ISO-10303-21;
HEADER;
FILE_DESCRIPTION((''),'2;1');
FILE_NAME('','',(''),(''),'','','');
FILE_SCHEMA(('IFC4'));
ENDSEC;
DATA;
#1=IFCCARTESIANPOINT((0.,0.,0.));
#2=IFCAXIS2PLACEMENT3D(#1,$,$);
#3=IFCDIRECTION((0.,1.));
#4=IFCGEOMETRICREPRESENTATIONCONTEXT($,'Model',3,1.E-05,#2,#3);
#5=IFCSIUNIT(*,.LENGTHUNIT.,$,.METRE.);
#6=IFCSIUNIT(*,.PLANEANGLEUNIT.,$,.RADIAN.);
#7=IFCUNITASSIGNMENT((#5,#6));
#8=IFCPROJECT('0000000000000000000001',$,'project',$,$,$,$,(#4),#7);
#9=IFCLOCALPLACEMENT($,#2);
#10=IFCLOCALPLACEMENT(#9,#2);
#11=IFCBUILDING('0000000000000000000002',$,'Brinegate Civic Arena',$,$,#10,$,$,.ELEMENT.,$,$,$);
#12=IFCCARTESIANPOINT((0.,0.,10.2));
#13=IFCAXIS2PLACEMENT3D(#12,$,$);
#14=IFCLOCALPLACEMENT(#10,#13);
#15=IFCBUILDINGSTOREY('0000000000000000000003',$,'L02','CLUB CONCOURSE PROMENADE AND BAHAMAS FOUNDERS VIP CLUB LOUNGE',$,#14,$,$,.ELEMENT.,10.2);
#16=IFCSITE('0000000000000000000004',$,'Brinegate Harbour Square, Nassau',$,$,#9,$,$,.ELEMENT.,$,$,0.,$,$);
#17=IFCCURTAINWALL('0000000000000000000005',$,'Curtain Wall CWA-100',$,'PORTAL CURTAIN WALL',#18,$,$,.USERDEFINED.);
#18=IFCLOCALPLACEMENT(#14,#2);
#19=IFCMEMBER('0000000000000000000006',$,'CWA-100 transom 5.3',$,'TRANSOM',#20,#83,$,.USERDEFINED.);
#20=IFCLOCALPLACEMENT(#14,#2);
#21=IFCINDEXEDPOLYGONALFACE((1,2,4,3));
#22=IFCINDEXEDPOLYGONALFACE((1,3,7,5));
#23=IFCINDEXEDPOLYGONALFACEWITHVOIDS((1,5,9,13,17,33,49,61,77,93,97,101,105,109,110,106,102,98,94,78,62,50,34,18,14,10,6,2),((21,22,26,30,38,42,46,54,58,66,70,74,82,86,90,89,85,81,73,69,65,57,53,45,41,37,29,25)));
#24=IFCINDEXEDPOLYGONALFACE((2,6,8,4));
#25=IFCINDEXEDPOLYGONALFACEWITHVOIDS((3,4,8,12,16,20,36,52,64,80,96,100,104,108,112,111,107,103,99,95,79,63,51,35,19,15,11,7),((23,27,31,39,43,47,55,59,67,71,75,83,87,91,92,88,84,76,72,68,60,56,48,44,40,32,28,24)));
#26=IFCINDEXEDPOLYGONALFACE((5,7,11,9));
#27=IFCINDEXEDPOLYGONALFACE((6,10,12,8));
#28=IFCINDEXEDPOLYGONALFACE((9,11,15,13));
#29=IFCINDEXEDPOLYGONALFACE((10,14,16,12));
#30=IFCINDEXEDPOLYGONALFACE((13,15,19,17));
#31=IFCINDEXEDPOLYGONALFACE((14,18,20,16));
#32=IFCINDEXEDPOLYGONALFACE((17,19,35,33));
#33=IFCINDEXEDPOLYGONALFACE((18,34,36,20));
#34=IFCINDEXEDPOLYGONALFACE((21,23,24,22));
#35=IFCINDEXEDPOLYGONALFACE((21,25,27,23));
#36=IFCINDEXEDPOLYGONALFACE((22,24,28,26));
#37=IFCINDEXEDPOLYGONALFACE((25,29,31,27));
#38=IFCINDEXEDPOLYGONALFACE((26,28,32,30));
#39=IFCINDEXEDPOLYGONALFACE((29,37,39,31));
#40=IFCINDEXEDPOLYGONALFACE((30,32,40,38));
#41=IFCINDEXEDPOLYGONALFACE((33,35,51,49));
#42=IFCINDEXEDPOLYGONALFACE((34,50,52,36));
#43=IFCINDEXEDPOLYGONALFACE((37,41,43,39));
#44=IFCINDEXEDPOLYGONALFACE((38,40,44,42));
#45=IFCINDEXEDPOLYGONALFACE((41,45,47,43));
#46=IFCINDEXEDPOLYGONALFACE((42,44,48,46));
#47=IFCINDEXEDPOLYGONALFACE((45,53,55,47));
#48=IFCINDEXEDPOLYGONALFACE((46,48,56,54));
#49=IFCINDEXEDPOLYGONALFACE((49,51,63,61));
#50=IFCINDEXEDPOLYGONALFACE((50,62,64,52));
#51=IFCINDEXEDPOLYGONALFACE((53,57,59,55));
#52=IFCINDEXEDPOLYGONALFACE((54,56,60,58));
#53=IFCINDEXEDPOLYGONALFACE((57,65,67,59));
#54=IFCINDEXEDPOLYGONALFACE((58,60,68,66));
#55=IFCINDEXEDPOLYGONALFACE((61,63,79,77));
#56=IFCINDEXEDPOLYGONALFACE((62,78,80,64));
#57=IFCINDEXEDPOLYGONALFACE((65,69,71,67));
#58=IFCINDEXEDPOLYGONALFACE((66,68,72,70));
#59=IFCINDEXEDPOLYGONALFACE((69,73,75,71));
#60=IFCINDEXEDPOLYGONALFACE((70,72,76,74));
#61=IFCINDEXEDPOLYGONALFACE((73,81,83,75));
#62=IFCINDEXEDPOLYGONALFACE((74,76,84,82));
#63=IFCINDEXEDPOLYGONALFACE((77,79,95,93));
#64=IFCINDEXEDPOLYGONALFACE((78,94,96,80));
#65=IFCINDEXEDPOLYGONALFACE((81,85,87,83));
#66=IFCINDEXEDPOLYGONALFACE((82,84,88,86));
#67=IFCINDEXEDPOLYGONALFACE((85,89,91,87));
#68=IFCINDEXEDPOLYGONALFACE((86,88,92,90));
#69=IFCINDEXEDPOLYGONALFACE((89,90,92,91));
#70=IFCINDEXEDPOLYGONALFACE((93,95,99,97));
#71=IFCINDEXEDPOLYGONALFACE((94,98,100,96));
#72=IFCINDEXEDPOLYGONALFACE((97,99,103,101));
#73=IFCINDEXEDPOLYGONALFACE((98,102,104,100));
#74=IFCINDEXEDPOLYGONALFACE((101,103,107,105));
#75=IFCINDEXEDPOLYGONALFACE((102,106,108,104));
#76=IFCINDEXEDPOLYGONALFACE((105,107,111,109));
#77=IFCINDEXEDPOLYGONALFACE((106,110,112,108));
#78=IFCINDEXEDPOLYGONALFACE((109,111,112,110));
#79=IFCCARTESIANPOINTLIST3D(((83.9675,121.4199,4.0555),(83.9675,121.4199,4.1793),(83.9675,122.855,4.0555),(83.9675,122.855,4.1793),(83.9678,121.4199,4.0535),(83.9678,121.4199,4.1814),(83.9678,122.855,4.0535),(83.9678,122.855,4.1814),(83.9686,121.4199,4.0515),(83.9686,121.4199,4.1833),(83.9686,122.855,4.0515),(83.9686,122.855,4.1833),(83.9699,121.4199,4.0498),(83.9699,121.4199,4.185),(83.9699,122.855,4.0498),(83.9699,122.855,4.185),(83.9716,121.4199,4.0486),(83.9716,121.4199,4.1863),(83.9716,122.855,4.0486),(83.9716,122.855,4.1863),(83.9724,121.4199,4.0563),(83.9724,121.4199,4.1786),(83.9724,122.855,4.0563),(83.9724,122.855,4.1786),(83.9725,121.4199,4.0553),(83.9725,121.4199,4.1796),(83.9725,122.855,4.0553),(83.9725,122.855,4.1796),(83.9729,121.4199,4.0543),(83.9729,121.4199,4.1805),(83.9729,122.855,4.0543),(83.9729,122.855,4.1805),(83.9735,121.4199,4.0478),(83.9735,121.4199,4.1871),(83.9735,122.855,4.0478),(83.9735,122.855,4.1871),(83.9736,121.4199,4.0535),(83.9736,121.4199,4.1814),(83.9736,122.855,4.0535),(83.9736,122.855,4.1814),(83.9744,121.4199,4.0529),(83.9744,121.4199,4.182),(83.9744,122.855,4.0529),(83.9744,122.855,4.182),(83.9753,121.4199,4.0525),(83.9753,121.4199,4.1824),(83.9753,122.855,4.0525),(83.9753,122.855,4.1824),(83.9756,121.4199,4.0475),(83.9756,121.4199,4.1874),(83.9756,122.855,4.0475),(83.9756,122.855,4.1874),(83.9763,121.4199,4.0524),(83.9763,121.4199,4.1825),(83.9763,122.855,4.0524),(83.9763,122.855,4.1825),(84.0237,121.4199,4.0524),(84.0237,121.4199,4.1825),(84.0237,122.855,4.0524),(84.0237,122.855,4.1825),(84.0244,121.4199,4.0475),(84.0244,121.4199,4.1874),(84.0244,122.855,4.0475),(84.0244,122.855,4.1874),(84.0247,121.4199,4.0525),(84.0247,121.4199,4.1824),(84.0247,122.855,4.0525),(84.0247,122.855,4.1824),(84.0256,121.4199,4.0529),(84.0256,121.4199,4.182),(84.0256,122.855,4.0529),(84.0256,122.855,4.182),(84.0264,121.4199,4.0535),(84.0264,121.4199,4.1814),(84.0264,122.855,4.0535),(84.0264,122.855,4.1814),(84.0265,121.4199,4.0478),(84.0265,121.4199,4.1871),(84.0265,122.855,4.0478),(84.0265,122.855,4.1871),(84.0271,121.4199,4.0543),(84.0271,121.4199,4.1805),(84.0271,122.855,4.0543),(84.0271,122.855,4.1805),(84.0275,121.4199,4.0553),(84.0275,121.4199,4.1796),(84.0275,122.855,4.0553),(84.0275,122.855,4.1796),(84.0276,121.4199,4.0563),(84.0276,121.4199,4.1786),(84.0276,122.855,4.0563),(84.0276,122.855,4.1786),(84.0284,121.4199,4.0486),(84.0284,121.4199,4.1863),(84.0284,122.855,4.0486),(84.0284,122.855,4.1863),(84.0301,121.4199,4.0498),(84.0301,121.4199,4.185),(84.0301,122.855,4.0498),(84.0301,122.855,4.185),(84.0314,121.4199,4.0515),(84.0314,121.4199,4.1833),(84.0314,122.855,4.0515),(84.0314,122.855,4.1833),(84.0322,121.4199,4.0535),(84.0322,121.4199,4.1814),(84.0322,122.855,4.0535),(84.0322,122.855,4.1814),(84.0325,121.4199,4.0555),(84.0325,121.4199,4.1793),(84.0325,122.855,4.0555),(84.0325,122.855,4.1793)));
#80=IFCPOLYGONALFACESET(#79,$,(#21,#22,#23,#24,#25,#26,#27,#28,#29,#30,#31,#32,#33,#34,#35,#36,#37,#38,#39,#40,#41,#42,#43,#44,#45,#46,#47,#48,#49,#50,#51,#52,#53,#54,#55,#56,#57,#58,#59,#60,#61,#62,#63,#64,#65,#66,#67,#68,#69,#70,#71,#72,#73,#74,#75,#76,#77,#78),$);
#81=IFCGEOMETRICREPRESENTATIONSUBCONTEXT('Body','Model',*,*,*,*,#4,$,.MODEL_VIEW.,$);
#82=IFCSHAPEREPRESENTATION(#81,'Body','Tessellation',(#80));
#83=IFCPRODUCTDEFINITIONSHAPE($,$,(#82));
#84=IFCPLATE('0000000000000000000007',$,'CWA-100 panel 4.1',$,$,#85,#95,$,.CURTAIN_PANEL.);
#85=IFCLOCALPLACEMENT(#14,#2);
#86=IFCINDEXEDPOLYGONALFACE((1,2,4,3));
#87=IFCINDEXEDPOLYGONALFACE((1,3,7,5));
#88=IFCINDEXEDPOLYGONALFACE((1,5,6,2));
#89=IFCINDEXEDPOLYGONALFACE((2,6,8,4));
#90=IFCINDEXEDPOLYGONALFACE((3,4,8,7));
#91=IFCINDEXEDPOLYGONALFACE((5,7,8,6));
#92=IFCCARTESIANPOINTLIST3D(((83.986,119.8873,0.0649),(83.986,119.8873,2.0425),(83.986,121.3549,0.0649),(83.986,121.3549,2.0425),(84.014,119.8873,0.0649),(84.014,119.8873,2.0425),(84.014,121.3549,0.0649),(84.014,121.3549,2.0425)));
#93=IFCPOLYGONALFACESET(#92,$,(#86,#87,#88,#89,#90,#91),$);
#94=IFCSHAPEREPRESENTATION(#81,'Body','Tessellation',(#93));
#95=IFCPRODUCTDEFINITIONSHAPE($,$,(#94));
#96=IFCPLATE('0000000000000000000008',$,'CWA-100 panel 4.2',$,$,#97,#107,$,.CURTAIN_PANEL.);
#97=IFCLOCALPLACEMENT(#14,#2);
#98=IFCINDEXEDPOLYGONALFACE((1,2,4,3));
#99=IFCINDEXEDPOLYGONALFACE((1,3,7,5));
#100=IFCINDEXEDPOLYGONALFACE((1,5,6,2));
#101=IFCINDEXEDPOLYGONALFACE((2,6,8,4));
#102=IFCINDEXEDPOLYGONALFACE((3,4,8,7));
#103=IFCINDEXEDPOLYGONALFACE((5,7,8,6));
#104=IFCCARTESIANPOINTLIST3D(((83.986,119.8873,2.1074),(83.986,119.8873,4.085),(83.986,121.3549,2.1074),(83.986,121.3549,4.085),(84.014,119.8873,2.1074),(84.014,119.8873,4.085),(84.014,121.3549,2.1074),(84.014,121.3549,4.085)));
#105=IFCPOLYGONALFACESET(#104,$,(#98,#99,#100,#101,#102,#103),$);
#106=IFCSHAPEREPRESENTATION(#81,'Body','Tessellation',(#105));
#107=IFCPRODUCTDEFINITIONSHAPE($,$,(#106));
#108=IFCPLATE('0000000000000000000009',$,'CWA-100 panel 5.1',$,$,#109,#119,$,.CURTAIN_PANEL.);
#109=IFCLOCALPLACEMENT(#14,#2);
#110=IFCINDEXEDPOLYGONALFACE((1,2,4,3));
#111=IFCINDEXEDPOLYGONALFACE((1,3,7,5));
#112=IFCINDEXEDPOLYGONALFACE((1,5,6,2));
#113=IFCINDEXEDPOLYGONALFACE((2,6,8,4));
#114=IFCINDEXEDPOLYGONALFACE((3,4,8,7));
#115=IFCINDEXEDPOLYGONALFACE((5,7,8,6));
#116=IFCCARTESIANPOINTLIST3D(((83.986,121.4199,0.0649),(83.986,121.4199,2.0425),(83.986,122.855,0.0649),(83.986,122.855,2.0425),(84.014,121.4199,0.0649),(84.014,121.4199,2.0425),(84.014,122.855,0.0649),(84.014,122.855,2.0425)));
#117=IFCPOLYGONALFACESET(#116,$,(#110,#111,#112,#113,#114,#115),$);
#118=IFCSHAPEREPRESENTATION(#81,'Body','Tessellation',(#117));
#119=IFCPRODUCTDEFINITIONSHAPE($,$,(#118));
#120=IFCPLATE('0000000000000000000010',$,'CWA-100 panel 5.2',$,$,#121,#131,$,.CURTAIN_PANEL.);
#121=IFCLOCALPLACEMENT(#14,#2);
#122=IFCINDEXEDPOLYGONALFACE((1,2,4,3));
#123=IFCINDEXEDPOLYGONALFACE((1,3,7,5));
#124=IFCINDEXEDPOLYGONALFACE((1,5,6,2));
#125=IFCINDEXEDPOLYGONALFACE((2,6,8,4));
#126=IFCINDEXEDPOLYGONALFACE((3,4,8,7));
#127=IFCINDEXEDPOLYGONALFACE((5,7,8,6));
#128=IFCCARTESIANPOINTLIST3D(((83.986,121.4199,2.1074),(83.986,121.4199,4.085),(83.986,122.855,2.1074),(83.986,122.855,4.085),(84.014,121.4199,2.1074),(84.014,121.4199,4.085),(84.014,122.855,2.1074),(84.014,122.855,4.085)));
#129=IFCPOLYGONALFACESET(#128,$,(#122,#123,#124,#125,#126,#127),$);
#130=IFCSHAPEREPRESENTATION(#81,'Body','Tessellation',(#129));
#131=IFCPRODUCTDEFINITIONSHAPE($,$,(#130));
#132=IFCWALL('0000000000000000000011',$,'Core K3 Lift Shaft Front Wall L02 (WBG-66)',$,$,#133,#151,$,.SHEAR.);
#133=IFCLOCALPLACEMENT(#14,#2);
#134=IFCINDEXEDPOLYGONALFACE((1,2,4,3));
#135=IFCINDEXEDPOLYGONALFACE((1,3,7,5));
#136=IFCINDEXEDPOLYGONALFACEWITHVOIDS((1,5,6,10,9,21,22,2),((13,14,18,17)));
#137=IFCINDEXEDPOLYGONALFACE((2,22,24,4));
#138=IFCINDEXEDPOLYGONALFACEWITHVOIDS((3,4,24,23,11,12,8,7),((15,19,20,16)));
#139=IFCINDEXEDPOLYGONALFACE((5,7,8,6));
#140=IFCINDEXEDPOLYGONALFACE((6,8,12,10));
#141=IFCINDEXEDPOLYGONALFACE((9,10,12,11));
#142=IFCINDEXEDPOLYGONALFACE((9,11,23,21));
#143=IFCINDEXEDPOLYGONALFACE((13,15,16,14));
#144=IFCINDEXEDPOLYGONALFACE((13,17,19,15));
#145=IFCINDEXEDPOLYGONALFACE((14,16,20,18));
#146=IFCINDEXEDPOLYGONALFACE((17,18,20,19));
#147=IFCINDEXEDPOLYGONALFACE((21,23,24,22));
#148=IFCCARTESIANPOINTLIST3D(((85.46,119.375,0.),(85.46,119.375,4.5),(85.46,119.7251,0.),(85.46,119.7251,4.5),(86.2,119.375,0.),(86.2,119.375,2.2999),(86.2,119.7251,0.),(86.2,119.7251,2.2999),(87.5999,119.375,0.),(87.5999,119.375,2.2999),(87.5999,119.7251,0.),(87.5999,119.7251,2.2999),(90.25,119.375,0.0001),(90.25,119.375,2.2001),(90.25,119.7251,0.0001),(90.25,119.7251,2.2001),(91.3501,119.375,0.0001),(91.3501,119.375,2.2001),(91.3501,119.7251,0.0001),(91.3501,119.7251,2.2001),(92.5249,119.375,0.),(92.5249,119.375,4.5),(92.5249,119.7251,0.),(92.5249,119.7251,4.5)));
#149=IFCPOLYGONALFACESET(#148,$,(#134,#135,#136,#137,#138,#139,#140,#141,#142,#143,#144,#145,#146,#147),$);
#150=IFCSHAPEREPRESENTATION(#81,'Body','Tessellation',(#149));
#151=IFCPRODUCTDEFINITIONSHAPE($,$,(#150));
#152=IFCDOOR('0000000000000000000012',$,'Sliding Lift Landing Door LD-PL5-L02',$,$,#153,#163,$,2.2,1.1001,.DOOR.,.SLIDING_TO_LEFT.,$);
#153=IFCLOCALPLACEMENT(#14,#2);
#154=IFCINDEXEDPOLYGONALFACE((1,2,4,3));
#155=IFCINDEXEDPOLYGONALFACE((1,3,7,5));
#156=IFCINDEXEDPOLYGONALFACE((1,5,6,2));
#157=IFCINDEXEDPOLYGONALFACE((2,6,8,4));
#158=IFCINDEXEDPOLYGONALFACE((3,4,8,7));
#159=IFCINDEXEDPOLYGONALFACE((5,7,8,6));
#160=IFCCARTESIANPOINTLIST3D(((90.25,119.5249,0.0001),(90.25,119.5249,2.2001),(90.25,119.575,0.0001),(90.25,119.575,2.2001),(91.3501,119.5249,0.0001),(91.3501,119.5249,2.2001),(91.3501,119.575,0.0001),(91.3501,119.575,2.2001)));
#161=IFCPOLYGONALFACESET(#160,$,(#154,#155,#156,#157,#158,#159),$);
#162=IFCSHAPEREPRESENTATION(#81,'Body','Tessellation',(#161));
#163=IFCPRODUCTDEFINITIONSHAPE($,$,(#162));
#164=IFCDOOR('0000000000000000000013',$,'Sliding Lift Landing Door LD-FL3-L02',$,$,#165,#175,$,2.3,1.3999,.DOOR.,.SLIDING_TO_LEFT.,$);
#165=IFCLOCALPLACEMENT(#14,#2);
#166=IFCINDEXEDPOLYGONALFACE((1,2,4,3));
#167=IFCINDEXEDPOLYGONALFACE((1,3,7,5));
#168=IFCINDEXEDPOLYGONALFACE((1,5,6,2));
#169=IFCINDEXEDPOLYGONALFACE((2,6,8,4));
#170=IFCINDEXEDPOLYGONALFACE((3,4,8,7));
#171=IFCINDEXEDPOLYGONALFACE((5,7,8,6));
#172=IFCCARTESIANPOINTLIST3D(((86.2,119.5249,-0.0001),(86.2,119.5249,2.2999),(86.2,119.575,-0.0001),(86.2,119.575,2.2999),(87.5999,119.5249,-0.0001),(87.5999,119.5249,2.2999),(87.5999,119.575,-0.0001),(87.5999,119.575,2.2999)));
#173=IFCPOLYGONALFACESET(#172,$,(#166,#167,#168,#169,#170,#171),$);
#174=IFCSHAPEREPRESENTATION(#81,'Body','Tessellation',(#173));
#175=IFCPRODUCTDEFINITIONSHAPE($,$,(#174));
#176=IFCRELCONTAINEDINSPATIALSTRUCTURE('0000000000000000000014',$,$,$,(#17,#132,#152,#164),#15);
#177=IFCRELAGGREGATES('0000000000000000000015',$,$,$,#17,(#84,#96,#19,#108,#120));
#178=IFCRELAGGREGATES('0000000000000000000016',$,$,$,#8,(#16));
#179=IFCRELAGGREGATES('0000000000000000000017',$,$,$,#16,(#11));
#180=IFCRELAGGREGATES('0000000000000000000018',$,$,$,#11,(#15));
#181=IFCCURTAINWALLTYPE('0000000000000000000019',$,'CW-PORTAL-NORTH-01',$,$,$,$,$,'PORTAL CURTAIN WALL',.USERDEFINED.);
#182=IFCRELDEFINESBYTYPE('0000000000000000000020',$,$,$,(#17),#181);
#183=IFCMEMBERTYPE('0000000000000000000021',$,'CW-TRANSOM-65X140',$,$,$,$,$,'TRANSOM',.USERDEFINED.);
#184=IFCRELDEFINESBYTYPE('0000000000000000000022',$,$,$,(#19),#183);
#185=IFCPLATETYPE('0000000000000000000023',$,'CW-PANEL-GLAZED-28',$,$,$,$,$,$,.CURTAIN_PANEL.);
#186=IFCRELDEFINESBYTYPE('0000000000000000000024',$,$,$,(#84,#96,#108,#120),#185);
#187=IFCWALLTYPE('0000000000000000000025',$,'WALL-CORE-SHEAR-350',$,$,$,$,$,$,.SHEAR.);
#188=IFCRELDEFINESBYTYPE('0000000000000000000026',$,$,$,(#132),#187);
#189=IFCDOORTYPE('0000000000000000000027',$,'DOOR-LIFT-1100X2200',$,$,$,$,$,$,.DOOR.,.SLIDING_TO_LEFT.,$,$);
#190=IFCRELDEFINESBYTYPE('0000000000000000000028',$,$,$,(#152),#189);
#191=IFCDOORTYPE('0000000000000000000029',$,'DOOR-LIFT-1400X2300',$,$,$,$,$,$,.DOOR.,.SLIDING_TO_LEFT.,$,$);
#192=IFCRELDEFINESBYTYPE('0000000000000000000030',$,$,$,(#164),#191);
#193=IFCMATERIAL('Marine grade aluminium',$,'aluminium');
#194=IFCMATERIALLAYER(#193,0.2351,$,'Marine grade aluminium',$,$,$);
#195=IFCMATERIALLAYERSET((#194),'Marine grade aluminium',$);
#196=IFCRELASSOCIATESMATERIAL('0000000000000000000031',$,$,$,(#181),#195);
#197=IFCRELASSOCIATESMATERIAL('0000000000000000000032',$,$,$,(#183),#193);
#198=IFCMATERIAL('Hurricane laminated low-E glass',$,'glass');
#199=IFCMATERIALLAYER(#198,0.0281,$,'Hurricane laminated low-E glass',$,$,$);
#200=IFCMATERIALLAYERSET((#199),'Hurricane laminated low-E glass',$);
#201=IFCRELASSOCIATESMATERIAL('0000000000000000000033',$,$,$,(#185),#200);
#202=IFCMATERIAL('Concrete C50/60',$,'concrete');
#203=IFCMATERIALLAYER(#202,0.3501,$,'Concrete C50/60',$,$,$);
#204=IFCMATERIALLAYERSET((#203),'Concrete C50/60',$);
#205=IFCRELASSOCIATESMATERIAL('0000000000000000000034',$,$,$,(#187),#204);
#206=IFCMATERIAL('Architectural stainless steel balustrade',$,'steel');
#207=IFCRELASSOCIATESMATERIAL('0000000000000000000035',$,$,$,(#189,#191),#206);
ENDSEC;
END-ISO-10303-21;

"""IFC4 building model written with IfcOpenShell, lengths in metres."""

from ifc_helpers import new_model, si_unit, direction, frame, frame_2d, origin, origin_2d, place, context, subcontext, project, spatial, rectangle, hollow_rectangle, extrude, material, layer, layer_set, material_profile, profile_set, type_object, element, fill, aggregate, save


model = new_model("IFC4")

# Units and contexts
model_context = context("Model", 3, precision=1e-05, world=origin(), true_north=direction((0.0, 1.0)))
body_context = subcontext(model_context, "Body", "Model", "MODEL_VIEW")
ifc_project = project(units=[si_unit("LENGTHUNIT", "METRE"), si_unit("PLANEANGLEUNIT", "RADIAN")], contexts=[model_context])

# Site, building, storey
site_placement = place(None, origin())
site = spatial("IfcSite", under=ifc_project, at=site_placement, Name="Brinegate Harbour Square, Nassau", CompositionType="ELEMENT", RefElevation=0.0)
building_placement = place(site_placement, origin())
building = spatial("IfcBuilding", under=site, at=building_placement, Name="Brinegate Civic Arena", CompositionType="ELEMENT")
storey_placement = place(building_placement, frame((0.0, 0.0, 10.2)))
storey = spatial("IfcBuildingStorey", under=building, at=storey_placement, Name="L02", Description="CLUB CONCOURSE PROMENADE AND BAHAMAS FOUNDERS VIP CLUB LOUNGE", CompositionType="ELEMENT", Elevation=10.2)

# Curtain wall, member, plates
ifc_material_1 = material(Name="Marine grade aluminium", Category="aluminium")
ifc_layer_1 = layer(ifc_material_1, 0.2351, Name="Marine grade aluminium")
ifc_layer_set_1 = layer_set([ifc_layer_1], Name="Marine grade aluminium")
curtain_wall_type = type_object("IfcCurtainWallType", Name="CW-PORTAL-NORTH-01", ElementType="PORTAL CURTAIN WALL", PredefinedType="USERDEFINED", material=ifc_layer_set_1)
curtain_wall_placement = place(storey_placement, origin())
curtain_wall = element("IfcCurtainWall", 1, at=curtain_wall_placement, inside=storey, type_object=curtain_wall_type, Name="Curtain Wall CWA-100", ObjectType="PORTAL CURTAIN WALL", PredefinedType="USERDEFINED")
ifc_material_profile_1 = material_profile(ifc_material_1, hollow_rectangle(XDim=0.0649, YDim=0.1399, WallThickness=0.0049, InnerFilletRadius=0.0039, OuterFilletRadius=0.0081, at=origin_2d()), Name="TRN65X140")
ifc_profile_set_1 = profile_set([ifc_material_profile_1], Name="Marine grade aluminium")
member_type_1 = type_object("IfcMemberType", Name="CW-TRANSOM-65X140", ElementType="TRANSOM", PredefinedType="USERDEFINED", material=ifc_profile_set_1)
member_1_placement = place(storey_placement, frame((84.0, 121.4199, 4.1174), z_axis=(0.0, 1.0, 0.0), x_axis=(-1.0, 0.0, 0.0)))
member_1 = element("IfcMember", 2, at=member_1_placement, type_object=member_type_1, Name="CWA-100 transom 5.3", ObjectType="TRANSOM", PredefinedType="USERDEFINED", context=body_context, shape_type="SweptSolid", body=[
    extrude(hollow_rectangle(XDim=0.0649, YDim=0.1399, WallThickness=0.0049, InnerFilletRadius=0.0039, OuterFilletRadius=0.0081, at=origin_2d()), origin(), (0.0, 0.0, 1.0), 1.4351),
])
ifc_material_2 = material(Name="Hurricane laminated low-E glass", Category="glass")
ifc_layer_2 = layer(ifc_material_2, 0.0281, Name="Hurricane laminated low-E glass")
ifc_layer_set_2 = layer_set([ifc_layer_2], Name="Hurricane laminated low-E glass")
plate_type = type_object("IfcPlateType", Name="CW-PANEL-GLAZED-28", PredefinedType="CURTAIN_PANEL", material=ifc_layer_set_2)
plate_1_placement = place(storey_placement, frame((84.0, 120.6211, 0.0649), z_axis=(0.0, 0.0, 1.0), x_axis=(0.0, 1.0, 0.0)))
plate_1 = element("IfcPlate", 3, at=plate_1_placement, type_object=plate_type, Name="CWA-100 panel 4.1", PredefinedType="CURTAIN_PANEL", context=body_context, shape_type="SweptSolid", body=[
    extrude(rectangle(XDim=1.4675, YDim=0.0281, at=origin_2d()), origin(), (0.0, 0.0, 1.0), 1.9775),
])
plate_2_placement = place(storey_placement, frame((84.0, 120.6211, 2.1074), z_axis=(0.0, 0.0, 1.0), x_axis=(0.0, 1.0, 0.0)))
plate_2 = element("IfcPlate", 4, at=plate_2_placement, type_object=plate_type, Name="CWA-100 panel 4.2", PredefinedType="CURTAIN_PANEL", context=body_context, shape_type="SweptSolid", body=[
    extrude(rectangle(XDim=1.4675, YDim=0.0281, at=origin_2d()), origin(), (0.0, 0.0, 1.0), 1.9775),
])
plate_3_placement = place(storey_placement, frame((84.0, 122.1375, 0.0649), z_axis=(0.0, 0.0, 1.0), x_axis=(0.0, 1.0, 0.0)))
plate_3 = element("IfcPlate", 5, at=plate_3_placement, type_object=plate_type, Name="CWA-100 panel 5.1", PredefinedType="CURTAIN_PANEL", context=body_context, shape_type="SweptSolid", body=[
    extrude(rectangle(XDim=1.4351, YDim=0.0281, at=origin_2d()), origin(), (0.0, 0.0, 1.0), 1.9775),
])
plate_4_placement = place(storey_placement, frame((84.0, 122.1375, 2.1074), z_axis=(0.0, 0.0, 1.0), x_axis=(0.0, 1.0, 0.0)))
plate_4 = element("IfcPlate", 6, at=plate_4_placement, type_object=plate_type, Name="CWA-100 panel 5.2", PredefinedType="CURTAIN_PANEL", context=body_context, shape_type="SweptSolid", body=[
    extrude(rectangle(XDim=1.4351, YDim=0.0281, at=origin_2d()), origin(), (0.0, 0.0, 1.0), 1.9775),
])
aggregate(curtain_wall, [plate_1, plate_2, member_1, plate_3, plate_4])

# Wall, openings, doors
ifc_material_3 = material(Name="Concrete C50/60", Category="concrete")
ifc_layer_3 = layer(ifc_material_3, 0.3501, Name="Concrete C50/60")
ifc_layer_set_3 = layer_set([ifc_layer_3], Name="Concrete C50/60")
wall_type_1 = type_object("IfcWallType", Name="WALL-CORE-SHEAR-350", PredefinedType="SHEAR", material=ifc_layer_set_3)
wall_1_placement = place(storey_placement, frame((85.46, 119.55, 0.0), z_axis=(0.0, 0.0, 1.0), x_axis=(1.0, 0.0, 0.0)))
wall_1 = element("IfcWall", 7, at=wall_1_placement, inside=storey, type_object=wall_type_1, Name="Core K3 Lift Shaft Front Wall L02 (WBG-66)", PredefinedType="SHEAR", context=body_context, shape_type="SweptSolid", body=[
    extrude(rectangle(XDim=7.0649, YDim=0.3501, at=frame_2d((3.5325, 0.0))), origin(), (0.0, 0.0, 1.0), 4.5),
])
opening_1_placement = place(wall_1_placement, frame((0.74, 0.0, 0.0)))
opening_1 = element("IfcOpeningElement", 8, at=opening_1_placement, cuts=wall_1, PredefinedType="OPENING", context=body_context, shape_type="SweptSolid", body=[
    extrude(rectangle(XDim=1.3999, YDim=2.3, at=frame_2d((0.7, 1.1499))), frame((0.0, 0.1851, 0.0), z_axis=(0.0, -1.0, 0.0), x_axis=(1.0, 0.0, 0.0)), (0.0, 0.0, 1.0), 0.3701),
])
opening_2_placement = place(wall_1_placement, frame((4.79, 0.0, 0.0)))
opening_2 = element("IfcOpeningElement", 9, at=opening_2_placement, cuts=wall_1, PredefinedType="OPENING", context=body_context, shape_type="SweptSolid", body=[
    extrude(rectangle(XDim=1.1001, YDim=2.2, at=frame_2d((0.55, 1.1001))), frame((0.0, 0.1851, 0.0), z_axis=(0.0, -1.0, 0.0), x_axis=(1.0, 0.0, 0.0)), (0.0, 0.0, 1.0), 0.3701),
])
ifc_material_4 = material(Name="Architectural stainless steel balustrade", Category="steel")
door_type_1 = type_object("IfcDoorType", Name="DOOR-LIFT-1100X2200", OperationType="SLIDING_TO_LEFT", PredefinedType="DOOR", material=ifc_material_4)
door_1_placement = place(opening_2_placement, origin())
door_1 = element("IfcDoor", 10, at=door_1_placement, inside=storey, type_object=door_type_1, Name="Sliding Lift Landing Door LD-PL5-L02", OperationType="SLIDING_TO_LEFT", OverallHeight=2.2, OverallWidth=1.1001, PredefinedType="DOOR", context=body_context, shape_type="SweptSolid", body=[
    extrude(rectangle(XDim=1.1001, YDim=2.2, at=frame_2d((0.55, 1.1001))), frame((0.0, 0.0249, 0.0), z_axis=(0.0, -1.0, 0.0), x_axis=(1.0, 0.0, 0.0)), (0.0, 0.0, 1.0), 0.05),
])
fill(opening_2, door_1)
door_type_2 = type_object("IfcDoorType", Name="DOOR-LIFT-1400X2300", OperationType="SLIDING_TO_LEFT", PredefinedType="DOOR", material=ifc_material_4)
door_2_placement = place(opening_1_placement, origin())
door_2 = element("IfcDoor", 11, at=door_2_placement, inside=storey, type_object=door_type_2, Name="Sliding Lift Landing Door LD-FL3-L02", OperationType="SLIDING_TO_LEFT", OverallHeight=2.3, OverallWidth=1.3999, PredefinedType="DOOR", context=body_context, shape_type="SweptSolid", body=[
    extrude(rectangle(XDim=1.3999, YDim=2.3, at=frame_2d((0.7, 1.1499))), frame((0.0, 0.0249, 0.0), z_axis=(0.0, -1.0, 0.0), x_axis=(1.0, 0.0, 0.0)), (0.0, 0.0, 1.0), 0.05),
])
fill(opening_1, door_2)

save(model, "model.ifc")
